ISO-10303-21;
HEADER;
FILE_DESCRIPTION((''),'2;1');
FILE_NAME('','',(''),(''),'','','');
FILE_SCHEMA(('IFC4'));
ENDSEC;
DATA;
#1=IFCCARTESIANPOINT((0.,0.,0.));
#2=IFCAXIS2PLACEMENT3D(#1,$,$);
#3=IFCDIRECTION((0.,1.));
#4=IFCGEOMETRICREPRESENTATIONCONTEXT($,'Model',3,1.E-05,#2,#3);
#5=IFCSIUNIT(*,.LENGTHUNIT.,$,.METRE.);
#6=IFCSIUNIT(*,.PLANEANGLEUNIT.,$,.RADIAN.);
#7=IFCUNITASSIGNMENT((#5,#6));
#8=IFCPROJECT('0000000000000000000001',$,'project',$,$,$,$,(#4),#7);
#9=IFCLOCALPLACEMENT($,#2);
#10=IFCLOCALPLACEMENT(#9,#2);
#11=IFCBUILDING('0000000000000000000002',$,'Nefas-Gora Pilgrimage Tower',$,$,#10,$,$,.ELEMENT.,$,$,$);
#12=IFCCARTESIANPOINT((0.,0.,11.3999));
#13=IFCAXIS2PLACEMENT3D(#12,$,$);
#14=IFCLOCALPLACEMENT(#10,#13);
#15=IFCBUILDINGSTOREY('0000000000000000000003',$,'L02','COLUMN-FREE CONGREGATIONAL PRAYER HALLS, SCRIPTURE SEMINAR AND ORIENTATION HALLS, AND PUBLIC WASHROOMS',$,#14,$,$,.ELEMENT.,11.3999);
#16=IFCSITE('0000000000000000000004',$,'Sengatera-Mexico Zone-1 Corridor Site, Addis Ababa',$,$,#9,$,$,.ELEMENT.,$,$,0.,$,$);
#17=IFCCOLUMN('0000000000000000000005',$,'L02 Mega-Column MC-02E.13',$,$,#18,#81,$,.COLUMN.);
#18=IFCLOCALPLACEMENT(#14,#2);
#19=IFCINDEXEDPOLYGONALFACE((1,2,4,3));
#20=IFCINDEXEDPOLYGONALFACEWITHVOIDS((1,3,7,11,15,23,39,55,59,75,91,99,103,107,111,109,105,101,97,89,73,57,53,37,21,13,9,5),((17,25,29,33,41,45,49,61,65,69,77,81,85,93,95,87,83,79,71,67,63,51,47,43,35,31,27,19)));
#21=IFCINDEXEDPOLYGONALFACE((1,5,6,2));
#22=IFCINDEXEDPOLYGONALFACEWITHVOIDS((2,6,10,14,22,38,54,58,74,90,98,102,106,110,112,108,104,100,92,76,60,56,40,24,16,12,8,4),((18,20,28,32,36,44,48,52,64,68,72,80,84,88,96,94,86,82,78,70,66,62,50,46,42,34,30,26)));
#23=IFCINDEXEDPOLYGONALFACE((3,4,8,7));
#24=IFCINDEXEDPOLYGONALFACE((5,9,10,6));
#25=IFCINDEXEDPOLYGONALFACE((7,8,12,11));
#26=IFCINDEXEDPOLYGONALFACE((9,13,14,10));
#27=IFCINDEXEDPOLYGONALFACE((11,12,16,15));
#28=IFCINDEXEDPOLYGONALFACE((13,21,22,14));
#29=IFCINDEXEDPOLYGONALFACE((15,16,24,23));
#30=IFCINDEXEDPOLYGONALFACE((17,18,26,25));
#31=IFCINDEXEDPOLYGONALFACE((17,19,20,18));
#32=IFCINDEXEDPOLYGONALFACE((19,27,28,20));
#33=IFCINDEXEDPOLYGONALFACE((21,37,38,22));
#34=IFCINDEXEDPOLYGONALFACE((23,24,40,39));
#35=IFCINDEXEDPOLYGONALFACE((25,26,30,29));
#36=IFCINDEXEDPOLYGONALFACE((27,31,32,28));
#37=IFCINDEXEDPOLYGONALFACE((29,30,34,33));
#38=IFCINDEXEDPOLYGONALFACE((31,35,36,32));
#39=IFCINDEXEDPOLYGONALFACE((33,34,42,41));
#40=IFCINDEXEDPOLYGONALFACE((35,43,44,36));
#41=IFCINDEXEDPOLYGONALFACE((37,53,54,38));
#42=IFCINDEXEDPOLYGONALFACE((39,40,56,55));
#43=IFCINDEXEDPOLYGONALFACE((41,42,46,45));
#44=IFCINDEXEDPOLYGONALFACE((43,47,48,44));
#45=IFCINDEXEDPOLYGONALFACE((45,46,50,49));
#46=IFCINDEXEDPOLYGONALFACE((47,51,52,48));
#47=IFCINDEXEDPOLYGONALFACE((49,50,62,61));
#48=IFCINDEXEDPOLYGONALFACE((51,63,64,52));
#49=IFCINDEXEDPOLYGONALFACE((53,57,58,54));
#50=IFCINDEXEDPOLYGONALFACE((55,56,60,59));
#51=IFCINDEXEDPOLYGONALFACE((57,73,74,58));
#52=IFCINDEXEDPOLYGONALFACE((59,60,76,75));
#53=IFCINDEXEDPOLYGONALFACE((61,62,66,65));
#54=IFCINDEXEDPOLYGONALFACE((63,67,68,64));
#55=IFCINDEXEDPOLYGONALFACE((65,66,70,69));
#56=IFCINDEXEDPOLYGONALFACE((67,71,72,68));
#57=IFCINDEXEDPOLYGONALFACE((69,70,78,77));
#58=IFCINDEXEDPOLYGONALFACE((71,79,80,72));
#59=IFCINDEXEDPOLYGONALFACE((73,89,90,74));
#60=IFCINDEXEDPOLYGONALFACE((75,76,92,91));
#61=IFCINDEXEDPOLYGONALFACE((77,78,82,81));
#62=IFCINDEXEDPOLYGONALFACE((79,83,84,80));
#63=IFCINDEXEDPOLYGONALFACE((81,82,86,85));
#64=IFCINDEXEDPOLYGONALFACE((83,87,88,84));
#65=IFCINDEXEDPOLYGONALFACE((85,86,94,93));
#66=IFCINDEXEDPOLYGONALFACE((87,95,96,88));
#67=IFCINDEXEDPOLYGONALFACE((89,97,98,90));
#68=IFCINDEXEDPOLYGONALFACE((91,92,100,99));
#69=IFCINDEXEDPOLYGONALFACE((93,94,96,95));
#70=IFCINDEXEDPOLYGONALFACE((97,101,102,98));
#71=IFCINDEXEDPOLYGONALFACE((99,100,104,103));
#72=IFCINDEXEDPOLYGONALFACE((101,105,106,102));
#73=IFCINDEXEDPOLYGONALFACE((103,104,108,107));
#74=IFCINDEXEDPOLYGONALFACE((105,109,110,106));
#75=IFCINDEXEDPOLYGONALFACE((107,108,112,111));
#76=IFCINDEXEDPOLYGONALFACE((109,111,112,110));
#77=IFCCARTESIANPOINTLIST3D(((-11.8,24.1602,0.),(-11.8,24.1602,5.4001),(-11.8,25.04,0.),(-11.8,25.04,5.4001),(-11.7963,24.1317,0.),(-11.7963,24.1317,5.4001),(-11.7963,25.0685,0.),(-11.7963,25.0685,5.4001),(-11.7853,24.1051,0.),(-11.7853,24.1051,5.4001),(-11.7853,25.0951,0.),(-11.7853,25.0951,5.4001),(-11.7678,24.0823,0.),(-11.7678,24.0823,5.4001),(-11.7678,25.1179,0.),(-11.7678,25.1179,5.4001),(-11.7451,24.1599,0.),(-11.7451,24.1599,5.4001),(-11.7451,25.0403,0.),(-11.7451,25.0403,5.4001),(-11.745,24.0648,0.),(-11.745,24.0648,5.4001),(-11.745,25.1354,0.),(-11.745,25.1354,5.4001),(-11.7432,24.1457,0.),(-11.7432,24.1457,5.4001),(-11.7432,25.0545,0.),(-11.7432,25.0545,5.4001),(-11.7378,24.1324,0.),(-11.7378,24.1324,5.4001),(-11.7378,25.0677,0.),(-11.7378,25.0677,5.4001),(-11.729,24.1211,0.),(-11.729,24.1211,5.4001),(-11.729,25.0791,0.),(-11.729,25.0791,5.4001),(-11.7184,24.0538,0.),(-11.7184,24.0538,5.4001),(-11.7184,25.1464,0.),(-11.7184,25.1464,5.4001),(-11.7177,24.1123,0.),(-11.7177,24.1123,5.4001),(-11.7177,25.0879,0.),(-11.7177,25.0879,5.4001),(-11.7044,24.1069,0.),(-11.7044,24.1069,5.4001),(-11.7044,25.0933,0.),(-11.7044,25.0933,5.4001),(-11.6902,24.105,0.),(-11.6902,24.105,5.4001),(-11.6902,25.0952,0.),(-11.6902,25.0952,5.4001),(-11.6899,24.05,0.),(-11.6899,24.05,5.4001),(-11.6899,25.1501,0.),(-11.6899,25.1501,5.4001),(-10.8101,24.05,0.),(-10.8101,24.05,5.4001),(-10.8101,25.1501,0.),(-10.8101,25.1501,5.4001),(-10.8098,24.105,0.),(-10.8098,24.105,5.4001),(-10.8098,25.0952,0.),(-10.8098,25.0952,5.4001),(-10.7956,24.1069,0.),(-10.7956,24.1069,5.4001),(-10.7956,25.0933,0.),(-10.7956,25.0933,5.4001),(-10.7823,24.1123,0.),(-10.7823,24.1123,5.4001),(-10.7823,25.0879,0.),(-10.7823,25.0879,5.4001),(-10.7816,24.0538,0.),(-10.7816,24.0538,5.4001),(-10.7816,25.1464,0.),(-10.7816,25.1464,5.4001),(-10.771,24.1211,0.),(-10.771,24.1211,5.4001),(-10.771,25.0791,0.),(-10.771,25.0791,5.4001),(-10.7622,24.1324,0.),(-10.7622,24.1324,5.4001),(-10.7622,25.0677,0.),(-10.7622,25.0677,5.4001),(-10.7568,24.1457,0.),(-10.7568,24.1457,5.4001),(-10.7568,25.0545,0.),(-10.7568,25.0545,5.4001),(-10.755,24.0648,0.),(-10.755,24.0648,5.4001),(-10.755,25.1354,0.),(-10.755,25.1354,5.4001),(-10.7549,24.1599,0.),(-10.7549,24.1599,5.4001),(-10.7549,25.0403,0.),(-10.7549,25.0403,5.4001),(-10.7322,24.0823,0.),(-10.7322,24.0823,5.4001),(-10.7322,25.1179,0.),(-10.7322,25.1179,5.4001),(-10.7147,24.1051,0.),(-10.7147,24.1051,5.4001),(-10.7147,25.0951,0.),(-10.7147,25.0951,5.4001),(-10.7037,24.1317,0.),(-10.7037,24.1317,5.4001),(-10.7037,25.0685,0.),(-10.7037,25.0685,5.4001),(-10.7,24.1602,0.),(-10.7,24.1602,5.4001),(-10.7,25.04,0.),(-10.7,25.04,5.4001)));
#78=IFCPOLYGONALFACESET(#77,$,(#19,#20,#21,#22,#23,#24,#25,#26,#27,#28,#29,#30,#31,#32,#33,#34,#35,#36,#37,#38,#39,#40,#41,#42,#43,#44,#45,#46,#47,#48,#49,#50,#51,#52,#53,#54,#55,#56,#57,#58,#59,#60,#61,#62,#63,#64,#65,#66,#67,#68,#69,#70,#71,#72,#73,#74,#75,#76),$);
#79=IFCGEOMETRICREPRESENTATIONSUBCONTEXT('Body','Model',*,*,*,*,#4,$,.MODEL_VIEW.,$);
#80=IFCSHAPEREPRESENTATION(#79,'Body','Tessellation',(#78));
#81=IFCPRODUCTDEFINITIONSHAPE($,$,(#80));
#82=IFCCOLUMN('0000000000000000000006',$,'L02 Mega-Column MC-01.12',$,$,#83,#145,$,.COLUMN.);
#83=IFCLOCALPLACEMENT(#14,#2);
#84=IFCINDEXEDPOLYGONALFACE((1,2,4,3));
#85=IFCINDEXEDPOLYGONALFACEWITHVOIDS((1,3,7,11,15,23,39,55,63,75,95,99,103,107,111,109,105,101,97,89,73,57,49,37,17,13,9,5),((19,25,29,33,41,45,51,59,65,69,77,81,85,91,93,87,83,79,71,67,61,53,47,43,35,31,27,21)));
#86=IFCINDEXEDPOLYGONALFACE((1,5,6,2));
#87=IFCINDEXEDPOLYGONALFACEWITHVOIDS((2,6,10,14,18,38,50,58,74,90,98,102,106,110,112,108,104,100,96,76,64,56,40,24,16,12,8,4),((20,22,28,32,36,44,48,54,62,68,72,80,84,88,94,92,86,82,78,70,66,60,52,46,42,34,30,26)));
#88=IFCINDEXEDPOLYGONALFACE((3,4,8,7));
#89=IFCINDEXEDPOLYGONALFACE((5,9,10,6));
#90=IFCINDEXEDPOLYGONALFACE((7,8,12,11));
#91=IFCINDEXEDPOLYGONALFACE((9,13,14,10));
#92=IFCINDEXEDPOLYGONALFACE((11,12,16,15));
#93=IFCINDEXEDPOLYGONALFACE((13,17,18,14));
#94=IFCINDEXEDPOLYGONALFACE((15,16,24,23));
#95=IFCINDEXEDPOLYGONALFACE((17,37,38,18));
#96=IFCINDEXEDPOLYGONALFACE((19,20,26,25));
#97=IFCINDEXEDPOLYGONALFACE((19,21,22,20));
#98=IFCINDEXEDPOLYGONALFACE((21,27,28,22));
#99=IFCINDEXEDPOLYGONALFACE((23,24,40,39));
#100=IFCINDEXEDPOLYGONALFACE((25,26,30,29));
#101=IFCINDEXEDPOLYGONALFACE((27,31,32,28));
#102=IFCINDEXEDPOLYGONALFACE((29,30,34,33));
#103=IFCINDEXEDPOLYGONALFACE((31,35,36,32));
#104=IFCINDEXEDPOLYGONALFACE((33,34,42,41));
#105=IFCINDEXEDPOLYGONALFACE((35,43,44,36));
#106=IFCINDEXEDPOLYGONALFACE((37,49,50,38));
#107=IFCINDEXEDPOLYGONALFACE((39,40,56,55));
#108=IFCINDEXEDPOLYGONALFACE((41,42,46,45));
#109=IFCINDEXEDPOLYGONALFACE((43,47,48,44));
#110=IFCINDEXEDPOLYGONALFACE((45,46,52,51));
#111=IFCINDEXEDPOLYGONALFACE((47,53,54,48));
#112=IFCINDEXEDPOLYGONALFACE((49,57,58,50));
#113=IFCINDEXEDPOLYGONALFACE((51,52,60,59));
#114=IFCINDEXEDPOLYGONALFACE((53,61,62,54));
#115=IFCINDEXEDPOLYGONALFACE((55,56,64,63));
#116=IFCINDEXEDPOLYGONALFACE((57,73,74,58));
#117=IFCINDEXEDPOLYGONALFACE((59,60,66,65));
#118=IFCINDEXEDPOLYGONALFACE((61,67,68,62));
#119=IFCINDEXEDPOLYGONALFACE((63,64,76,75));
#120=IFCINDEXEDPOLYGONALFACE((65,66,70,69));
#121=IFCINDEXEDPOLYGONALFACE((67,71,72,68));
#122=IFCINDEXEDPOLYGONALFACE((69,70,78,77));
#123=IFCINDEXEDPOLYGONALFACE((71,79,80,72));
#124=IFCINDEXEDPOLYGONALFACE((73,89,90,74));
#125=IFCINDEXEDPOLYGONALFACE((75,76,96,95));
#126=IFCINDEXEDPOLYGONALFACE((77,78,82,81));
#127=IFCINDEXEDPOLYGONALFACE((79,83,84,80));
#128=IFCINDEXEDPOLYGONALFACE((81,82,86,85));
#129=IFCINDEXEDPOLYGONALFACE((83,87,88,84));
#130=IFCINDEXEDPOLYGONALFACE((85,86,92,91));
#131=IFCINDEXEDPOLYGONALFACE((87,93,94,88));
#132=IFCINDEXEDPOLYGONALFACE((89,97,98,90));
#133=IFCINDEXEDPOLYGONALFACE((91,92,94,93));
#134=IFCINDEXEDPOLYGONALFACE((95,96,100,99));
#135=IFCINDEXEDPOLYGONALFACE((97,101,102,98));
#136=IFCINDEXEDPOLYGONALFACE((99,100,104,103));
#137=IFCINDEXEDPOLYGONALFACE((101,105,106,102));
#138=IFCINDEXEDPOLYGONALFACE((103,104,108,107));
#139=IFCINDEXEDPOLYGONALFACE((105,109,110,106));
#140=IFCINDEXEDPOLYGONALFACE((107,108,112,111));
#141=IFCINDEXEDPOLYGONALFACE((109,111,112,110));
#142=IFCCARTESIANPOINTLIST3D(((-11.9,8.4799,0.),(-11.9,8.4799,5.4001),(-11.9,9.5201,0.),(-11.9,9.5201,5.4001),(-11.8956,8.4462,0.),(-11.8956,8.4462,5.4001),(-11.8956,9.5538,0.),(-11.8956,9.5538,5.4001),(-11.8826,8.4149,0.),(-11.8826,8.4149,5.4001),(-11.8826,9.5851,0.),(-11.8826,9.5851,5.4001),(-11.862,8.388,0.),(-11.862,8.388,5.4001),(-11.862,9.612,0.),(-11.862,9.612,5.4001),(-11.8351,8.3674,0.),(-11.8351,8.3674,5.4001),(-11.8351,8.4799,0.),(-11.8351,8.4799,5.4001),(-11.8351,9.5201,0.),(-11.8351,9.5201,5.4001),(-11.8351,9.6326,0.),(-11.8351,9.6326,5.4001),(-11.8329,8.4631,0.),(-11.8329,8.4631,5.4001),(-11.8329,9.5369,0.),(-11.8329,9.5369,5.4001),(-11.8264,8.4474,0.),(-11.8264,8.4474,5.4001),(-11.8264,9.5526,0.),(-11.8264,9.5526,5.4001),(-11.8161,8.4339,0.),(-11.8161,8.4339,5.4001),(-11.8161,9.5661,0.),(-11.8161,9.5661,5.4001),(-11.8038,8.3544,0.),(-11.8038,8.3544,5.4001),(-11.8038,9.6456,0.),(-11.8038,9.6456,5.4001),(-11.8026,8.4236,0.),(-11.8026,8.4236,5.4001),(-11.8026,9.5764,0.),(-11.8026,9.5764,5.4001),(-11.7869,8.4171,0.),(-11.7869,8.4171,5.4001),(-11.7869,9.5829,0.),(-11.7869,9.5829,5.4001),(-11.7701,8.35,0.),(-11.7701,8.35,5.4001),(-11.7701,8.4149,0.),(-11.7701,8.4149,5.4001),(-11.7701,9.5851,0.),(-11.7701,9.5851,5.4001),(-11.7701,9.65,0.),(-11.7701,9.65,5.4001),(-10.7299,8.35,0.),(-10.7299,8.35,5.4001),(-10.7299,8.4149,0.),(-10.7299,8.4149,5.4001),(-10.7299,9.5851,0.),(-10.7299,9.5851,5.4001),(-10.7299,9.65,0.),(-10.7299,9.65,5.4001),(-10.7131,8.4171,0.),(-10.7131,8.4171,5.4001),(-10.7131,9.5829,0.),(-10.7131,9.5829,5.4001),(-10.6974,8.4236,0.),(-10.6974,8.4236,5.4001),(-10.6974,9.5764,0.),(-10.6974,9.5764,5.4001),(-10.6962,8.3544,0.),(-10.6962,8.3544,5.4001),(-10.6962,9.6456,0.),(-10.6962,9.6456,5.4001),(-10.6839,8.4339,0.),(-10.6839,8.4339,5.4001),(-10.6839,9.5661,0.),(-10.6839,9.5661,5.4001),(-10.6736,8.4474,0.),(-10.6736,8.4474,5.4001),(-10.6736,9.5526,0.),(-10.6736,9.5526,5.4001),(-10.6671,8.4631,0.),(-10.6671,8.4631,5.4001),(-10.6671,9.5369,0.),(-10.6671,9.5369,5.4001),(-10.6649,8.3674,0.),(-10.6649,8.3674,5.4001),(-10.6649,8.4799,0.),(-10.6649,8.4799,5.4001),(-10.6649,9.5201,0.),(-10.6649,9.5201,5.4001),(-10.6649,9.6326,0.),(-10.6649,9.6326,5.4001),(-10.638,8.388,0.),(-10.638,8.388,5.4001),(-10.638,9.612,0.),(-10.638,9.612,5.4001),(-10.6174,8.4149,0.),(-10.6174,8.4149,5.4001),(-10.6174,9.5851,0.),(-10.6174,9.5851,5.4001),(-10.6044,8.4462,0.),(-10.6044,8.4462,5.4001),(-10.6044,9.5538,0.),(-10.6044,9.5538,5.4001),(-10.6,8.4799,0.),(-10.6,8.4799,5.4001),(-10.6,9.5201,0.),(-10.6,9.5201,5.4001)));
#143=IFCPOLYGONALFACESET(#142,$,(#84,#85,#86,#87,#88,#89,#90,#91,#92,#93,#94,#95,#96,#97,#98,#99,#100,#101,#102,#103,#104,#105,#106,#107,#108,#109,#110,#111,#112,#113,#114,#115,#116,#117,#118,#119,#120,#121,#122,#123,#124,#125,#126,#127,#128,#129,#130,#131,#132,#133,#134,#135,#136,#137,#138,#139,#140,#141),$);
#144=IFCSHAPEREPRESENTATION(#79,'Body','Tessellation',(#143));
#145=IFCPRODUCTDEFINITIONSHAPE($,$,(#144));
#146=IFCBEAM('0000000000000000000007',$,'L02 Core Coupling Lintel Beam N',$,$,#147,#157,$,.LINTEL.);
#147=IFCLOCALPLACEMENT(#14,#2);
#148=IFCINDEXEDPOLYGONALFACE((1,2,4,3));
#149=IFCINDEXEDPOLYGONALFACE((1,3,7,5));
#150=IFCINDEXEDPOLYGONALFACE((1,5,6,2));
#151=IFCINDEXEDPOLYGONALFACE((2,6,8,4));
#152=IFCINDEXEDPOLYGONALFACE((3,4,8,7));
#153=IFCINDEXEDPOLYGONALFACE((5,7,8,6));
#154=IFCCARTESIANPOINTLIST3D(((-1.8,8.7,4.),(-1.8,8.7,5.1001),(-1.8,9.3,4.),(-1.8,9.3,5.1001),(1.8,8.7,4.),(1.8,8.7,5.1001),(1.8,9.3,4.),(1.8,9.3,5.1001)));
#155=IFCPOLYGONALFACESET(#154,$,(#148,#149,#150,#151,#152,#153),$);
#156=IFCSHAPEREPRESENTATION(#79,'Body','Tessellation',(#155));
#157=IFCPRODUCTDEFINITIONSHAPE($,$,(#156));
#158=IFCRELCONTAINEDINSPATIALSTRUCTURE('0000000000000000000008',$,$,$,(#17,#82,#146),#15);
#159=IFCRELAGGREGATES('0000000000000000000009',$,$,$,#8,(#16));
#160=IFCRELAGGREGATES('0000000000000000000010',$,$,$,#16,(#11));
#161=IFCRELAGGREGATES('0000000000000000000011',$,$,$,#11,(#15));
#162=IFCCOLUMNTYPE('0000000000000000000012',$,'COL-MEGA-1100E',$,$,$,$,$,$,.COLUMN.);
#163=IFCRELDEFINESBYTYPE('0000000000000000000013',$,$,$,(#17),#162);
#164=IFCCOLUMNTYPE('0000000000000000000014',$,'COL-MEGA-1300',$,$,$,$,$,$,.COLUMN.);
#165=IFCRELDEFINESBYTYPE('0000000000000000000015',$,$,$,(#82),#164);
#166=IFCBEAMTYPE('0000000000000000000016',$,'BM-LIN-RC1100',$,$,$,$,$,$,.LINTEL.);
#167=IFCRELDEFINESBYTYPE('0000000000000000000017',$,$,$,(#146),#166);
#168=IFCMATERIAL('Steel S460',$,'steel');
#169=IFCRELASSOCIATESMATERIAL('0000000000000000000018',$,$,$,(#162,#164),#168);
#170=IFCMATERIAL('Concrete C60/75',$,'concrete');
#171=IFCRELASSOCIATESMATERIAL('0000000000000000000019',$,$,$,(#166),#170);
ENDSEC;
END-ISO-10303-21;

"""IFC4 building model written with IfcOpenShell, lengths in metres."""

from ifc_helpers import new_model, si_unit, direction, frame, origin, origin_2d, place, context, subcontext, project, spatial, rectangle, hollow_rectangle, extrude, source, transform, mapped, material, material_profile, profile_set, type_object, element, save


model = new_model("IFC4")

# Units and contexts
model_context = context("Model", 3, precision=1e-05, world=origin(), true_north=direction((0.0, 1.0)))
body_context = subcontext(model_context, "Body", "Model", "MODEL_VIEW")
ifc_project = project(units=[si_unit("LENGTHUNIT", "METRE"), si_unit("PLANEANGLEUNIT", "RADIAN")], contexts=[model_context])

# Site, building, storey
site_placement = place(None, origin())
site = spatial("IfcSite", under=ifc_project, at=site_placement, Name="Sengatera-Mexico Zone-1 Corridor Site, Addis Ababa", CompositionType="ELEMENT", RefElevation=0.0)
building_placement = place(site_placement, origin())
building = spatial("IfcBuilding", under=site, at=building_placement, Name="Nefas-Gora Pilgrimage Tower", CompositionType="ELEMENT")
storey_placement = place(building_placement, frame((0.0, 0.0, 11.3999)))
storey = spatial("IfcBuildingStorey", under=building, at=storey_placement, Name="L02", Description="COLUMN-FREE CONGREGATIONAL PRAYER HALLS, SCRIPTURE SEMINAR AND ORIENTATION HALLS, AND PUBLIC WASHROOMS", CompositionType="ELEMENT", Elevation=11.3999)

# Columns
ifc_material_1 = material(Name="Steel S460", Category="steel")
ifc_material_profile_1 = material_profile(ifc_material_1, hollow_rectangle(XDim=1.1001, YDim=1.1001, WallThickness=0.0549, InnerFilletRadius=0.0549, OuterFilletRadius=0.1101, at=origin_2d()), Name="BOX 1100x1100x55")
ifc_profile_set_1 = profile_set([ifc_material_profile_1], Name="Steel S460")
column_type_1 = type_object("IfcColumnType", Name="COL-MEGA-1100E", PredefinedType="COLUMN", material=ifc_profile_set_1)
shared_shape_1 = source(origin(), body_context, "Body", "SweptSolid", [
    extrude(hollow_rectangle(XDim=1.1001, YDim=1.1001, WallThickness=0.0549, InnerFilletRadius=0.0549, OuterFilletRadius=0.1101, at=origin_2d()), origin(), (0.0, 0.0, 1.0), 5.4001),
])
column_1_placement = place(storey_placement, frame((-11.25, 24.6001, 0.0), z_axis=(0.0, 0.0, 1.0), x_axis=(1.0, 0.0, 0.0)))
element("IfcColumn", 1, at=column_1_placement, inside=storey, type_object=column_type_1, Name="L02 Mega-Column MC-02E.13", PredefinedType="COLUMN", context=body_context, shape_type="MappedRepresentation", body=[
    mapped(shared_shape_1, transform((0.0, 0.0, 0.0), x_axis=(1.0, 0.0, 0.0), y_axis=(0.0, 1.0, 0.0), z_axis=(0.0, 0.0, 1.0), scale=1.0)),
])
ifc_material_profile_2 = material_profile(ifc_material_1, hollow_rectangle(XDim=1.3, YDim=1.3, WallThickness=0.0649, InnerFilletRadius=0.0649, OuterFilletRadius=0.1299, at=origin_2d()), Name="BOX 1300x1300x65")
ifc_profile_set_2 = profile_set([ifc_material_profile_2], Name="Steel S460")
column_type_2 = type_object("IfcColumnType", Name="COL-MEGA-1300", PredefinedType="COLUMN", material=ifc_profile_set_2)
shared_shape_2 = source(origin(), body_context, "Body", "SweptSolid", [
    extrude(hollow_rectangle(XDim=1.3, YDim=1.3, WallThickness=0.0649, InnerFilletRadius=0.0649, OuterFilletRadius=0.1299, at=origin_2d()), origin(), (0.0, 0.0, 1.0), 5.4001),
])
column_2_placement = place(storey_placement, frame((-11.25, 9.0, 0.0), z_axis=(0.0, 0.0, 1.0), x_axis=(1.0, 0.0, 0.0)))
element("IfcColumn", 2, at=column_2_placement, inside=storey, type_object=column_type_2, Name="L02 Mega-Column MC-01.12", PredefinedType="COLUMN", context=body_context, shape_type="MappedRepresentation", body=[
    mapped(shared_shape_2, transform((0.0, 0.0, 0.0), x_axis=(1.0, 0.0, 0.0), y_axis=(0.0, 1.0, 0.0), z_axis=(0.0, 0.0, 1.0), scale=1.0)),
])

# Beam
ifc_material_2 = material(Name="Concrete C60/75", Category="concrete")
ifc_material_profile_3 = material_profile(ifc_material_2, rectangle(XDim=0.6001, YDim=1.1001, at=origin_2d()), Name="RC 600x1100")
ifc_profile_set_3 = profile_set([ifc_material_profile_3], Name="Concrete C60/75")
beam_type_1 = type_object("IfcBeamType", Name="BM-LIN-RC1100", PredefinedType="LINTEL", material=ifc_profile_set_3)
shared_shape_3 = source(origin(), body_context, "Body", "SweptSolid", [
    extrude(rectangle(XDim=0.6001, YDim=1.1001, at=origin_2d()), origin(), (0.0, 0.0, 1.0), 3.6001),
])
beam_1_placement = place(storey_placement, frame((-1.8, 9.0, 4.55), z_axis=(1.0, 0.0, 0.0), x_axis=(0.0, 1.0, 0.0)))
element("IfcBeam", 3, at=beam_1_placement, inside=storey, type_object=beam_type_1, Name="L02 Core Coupling Lintel Beam N", PredefinedType="LINTEL", context=body_context, shape_type="MappedRepresentation", body=[
    mapped(shared_shape_3, transform((0.0, 0.0, 0.0), x_axis=(1.0, 0.0, 0.0), y_axis=(0.0, 1.0, 0.0), z_axis=(0.0, 0.0, 1.0), scale=1.0)),
])

save(model, "model.ifc")
